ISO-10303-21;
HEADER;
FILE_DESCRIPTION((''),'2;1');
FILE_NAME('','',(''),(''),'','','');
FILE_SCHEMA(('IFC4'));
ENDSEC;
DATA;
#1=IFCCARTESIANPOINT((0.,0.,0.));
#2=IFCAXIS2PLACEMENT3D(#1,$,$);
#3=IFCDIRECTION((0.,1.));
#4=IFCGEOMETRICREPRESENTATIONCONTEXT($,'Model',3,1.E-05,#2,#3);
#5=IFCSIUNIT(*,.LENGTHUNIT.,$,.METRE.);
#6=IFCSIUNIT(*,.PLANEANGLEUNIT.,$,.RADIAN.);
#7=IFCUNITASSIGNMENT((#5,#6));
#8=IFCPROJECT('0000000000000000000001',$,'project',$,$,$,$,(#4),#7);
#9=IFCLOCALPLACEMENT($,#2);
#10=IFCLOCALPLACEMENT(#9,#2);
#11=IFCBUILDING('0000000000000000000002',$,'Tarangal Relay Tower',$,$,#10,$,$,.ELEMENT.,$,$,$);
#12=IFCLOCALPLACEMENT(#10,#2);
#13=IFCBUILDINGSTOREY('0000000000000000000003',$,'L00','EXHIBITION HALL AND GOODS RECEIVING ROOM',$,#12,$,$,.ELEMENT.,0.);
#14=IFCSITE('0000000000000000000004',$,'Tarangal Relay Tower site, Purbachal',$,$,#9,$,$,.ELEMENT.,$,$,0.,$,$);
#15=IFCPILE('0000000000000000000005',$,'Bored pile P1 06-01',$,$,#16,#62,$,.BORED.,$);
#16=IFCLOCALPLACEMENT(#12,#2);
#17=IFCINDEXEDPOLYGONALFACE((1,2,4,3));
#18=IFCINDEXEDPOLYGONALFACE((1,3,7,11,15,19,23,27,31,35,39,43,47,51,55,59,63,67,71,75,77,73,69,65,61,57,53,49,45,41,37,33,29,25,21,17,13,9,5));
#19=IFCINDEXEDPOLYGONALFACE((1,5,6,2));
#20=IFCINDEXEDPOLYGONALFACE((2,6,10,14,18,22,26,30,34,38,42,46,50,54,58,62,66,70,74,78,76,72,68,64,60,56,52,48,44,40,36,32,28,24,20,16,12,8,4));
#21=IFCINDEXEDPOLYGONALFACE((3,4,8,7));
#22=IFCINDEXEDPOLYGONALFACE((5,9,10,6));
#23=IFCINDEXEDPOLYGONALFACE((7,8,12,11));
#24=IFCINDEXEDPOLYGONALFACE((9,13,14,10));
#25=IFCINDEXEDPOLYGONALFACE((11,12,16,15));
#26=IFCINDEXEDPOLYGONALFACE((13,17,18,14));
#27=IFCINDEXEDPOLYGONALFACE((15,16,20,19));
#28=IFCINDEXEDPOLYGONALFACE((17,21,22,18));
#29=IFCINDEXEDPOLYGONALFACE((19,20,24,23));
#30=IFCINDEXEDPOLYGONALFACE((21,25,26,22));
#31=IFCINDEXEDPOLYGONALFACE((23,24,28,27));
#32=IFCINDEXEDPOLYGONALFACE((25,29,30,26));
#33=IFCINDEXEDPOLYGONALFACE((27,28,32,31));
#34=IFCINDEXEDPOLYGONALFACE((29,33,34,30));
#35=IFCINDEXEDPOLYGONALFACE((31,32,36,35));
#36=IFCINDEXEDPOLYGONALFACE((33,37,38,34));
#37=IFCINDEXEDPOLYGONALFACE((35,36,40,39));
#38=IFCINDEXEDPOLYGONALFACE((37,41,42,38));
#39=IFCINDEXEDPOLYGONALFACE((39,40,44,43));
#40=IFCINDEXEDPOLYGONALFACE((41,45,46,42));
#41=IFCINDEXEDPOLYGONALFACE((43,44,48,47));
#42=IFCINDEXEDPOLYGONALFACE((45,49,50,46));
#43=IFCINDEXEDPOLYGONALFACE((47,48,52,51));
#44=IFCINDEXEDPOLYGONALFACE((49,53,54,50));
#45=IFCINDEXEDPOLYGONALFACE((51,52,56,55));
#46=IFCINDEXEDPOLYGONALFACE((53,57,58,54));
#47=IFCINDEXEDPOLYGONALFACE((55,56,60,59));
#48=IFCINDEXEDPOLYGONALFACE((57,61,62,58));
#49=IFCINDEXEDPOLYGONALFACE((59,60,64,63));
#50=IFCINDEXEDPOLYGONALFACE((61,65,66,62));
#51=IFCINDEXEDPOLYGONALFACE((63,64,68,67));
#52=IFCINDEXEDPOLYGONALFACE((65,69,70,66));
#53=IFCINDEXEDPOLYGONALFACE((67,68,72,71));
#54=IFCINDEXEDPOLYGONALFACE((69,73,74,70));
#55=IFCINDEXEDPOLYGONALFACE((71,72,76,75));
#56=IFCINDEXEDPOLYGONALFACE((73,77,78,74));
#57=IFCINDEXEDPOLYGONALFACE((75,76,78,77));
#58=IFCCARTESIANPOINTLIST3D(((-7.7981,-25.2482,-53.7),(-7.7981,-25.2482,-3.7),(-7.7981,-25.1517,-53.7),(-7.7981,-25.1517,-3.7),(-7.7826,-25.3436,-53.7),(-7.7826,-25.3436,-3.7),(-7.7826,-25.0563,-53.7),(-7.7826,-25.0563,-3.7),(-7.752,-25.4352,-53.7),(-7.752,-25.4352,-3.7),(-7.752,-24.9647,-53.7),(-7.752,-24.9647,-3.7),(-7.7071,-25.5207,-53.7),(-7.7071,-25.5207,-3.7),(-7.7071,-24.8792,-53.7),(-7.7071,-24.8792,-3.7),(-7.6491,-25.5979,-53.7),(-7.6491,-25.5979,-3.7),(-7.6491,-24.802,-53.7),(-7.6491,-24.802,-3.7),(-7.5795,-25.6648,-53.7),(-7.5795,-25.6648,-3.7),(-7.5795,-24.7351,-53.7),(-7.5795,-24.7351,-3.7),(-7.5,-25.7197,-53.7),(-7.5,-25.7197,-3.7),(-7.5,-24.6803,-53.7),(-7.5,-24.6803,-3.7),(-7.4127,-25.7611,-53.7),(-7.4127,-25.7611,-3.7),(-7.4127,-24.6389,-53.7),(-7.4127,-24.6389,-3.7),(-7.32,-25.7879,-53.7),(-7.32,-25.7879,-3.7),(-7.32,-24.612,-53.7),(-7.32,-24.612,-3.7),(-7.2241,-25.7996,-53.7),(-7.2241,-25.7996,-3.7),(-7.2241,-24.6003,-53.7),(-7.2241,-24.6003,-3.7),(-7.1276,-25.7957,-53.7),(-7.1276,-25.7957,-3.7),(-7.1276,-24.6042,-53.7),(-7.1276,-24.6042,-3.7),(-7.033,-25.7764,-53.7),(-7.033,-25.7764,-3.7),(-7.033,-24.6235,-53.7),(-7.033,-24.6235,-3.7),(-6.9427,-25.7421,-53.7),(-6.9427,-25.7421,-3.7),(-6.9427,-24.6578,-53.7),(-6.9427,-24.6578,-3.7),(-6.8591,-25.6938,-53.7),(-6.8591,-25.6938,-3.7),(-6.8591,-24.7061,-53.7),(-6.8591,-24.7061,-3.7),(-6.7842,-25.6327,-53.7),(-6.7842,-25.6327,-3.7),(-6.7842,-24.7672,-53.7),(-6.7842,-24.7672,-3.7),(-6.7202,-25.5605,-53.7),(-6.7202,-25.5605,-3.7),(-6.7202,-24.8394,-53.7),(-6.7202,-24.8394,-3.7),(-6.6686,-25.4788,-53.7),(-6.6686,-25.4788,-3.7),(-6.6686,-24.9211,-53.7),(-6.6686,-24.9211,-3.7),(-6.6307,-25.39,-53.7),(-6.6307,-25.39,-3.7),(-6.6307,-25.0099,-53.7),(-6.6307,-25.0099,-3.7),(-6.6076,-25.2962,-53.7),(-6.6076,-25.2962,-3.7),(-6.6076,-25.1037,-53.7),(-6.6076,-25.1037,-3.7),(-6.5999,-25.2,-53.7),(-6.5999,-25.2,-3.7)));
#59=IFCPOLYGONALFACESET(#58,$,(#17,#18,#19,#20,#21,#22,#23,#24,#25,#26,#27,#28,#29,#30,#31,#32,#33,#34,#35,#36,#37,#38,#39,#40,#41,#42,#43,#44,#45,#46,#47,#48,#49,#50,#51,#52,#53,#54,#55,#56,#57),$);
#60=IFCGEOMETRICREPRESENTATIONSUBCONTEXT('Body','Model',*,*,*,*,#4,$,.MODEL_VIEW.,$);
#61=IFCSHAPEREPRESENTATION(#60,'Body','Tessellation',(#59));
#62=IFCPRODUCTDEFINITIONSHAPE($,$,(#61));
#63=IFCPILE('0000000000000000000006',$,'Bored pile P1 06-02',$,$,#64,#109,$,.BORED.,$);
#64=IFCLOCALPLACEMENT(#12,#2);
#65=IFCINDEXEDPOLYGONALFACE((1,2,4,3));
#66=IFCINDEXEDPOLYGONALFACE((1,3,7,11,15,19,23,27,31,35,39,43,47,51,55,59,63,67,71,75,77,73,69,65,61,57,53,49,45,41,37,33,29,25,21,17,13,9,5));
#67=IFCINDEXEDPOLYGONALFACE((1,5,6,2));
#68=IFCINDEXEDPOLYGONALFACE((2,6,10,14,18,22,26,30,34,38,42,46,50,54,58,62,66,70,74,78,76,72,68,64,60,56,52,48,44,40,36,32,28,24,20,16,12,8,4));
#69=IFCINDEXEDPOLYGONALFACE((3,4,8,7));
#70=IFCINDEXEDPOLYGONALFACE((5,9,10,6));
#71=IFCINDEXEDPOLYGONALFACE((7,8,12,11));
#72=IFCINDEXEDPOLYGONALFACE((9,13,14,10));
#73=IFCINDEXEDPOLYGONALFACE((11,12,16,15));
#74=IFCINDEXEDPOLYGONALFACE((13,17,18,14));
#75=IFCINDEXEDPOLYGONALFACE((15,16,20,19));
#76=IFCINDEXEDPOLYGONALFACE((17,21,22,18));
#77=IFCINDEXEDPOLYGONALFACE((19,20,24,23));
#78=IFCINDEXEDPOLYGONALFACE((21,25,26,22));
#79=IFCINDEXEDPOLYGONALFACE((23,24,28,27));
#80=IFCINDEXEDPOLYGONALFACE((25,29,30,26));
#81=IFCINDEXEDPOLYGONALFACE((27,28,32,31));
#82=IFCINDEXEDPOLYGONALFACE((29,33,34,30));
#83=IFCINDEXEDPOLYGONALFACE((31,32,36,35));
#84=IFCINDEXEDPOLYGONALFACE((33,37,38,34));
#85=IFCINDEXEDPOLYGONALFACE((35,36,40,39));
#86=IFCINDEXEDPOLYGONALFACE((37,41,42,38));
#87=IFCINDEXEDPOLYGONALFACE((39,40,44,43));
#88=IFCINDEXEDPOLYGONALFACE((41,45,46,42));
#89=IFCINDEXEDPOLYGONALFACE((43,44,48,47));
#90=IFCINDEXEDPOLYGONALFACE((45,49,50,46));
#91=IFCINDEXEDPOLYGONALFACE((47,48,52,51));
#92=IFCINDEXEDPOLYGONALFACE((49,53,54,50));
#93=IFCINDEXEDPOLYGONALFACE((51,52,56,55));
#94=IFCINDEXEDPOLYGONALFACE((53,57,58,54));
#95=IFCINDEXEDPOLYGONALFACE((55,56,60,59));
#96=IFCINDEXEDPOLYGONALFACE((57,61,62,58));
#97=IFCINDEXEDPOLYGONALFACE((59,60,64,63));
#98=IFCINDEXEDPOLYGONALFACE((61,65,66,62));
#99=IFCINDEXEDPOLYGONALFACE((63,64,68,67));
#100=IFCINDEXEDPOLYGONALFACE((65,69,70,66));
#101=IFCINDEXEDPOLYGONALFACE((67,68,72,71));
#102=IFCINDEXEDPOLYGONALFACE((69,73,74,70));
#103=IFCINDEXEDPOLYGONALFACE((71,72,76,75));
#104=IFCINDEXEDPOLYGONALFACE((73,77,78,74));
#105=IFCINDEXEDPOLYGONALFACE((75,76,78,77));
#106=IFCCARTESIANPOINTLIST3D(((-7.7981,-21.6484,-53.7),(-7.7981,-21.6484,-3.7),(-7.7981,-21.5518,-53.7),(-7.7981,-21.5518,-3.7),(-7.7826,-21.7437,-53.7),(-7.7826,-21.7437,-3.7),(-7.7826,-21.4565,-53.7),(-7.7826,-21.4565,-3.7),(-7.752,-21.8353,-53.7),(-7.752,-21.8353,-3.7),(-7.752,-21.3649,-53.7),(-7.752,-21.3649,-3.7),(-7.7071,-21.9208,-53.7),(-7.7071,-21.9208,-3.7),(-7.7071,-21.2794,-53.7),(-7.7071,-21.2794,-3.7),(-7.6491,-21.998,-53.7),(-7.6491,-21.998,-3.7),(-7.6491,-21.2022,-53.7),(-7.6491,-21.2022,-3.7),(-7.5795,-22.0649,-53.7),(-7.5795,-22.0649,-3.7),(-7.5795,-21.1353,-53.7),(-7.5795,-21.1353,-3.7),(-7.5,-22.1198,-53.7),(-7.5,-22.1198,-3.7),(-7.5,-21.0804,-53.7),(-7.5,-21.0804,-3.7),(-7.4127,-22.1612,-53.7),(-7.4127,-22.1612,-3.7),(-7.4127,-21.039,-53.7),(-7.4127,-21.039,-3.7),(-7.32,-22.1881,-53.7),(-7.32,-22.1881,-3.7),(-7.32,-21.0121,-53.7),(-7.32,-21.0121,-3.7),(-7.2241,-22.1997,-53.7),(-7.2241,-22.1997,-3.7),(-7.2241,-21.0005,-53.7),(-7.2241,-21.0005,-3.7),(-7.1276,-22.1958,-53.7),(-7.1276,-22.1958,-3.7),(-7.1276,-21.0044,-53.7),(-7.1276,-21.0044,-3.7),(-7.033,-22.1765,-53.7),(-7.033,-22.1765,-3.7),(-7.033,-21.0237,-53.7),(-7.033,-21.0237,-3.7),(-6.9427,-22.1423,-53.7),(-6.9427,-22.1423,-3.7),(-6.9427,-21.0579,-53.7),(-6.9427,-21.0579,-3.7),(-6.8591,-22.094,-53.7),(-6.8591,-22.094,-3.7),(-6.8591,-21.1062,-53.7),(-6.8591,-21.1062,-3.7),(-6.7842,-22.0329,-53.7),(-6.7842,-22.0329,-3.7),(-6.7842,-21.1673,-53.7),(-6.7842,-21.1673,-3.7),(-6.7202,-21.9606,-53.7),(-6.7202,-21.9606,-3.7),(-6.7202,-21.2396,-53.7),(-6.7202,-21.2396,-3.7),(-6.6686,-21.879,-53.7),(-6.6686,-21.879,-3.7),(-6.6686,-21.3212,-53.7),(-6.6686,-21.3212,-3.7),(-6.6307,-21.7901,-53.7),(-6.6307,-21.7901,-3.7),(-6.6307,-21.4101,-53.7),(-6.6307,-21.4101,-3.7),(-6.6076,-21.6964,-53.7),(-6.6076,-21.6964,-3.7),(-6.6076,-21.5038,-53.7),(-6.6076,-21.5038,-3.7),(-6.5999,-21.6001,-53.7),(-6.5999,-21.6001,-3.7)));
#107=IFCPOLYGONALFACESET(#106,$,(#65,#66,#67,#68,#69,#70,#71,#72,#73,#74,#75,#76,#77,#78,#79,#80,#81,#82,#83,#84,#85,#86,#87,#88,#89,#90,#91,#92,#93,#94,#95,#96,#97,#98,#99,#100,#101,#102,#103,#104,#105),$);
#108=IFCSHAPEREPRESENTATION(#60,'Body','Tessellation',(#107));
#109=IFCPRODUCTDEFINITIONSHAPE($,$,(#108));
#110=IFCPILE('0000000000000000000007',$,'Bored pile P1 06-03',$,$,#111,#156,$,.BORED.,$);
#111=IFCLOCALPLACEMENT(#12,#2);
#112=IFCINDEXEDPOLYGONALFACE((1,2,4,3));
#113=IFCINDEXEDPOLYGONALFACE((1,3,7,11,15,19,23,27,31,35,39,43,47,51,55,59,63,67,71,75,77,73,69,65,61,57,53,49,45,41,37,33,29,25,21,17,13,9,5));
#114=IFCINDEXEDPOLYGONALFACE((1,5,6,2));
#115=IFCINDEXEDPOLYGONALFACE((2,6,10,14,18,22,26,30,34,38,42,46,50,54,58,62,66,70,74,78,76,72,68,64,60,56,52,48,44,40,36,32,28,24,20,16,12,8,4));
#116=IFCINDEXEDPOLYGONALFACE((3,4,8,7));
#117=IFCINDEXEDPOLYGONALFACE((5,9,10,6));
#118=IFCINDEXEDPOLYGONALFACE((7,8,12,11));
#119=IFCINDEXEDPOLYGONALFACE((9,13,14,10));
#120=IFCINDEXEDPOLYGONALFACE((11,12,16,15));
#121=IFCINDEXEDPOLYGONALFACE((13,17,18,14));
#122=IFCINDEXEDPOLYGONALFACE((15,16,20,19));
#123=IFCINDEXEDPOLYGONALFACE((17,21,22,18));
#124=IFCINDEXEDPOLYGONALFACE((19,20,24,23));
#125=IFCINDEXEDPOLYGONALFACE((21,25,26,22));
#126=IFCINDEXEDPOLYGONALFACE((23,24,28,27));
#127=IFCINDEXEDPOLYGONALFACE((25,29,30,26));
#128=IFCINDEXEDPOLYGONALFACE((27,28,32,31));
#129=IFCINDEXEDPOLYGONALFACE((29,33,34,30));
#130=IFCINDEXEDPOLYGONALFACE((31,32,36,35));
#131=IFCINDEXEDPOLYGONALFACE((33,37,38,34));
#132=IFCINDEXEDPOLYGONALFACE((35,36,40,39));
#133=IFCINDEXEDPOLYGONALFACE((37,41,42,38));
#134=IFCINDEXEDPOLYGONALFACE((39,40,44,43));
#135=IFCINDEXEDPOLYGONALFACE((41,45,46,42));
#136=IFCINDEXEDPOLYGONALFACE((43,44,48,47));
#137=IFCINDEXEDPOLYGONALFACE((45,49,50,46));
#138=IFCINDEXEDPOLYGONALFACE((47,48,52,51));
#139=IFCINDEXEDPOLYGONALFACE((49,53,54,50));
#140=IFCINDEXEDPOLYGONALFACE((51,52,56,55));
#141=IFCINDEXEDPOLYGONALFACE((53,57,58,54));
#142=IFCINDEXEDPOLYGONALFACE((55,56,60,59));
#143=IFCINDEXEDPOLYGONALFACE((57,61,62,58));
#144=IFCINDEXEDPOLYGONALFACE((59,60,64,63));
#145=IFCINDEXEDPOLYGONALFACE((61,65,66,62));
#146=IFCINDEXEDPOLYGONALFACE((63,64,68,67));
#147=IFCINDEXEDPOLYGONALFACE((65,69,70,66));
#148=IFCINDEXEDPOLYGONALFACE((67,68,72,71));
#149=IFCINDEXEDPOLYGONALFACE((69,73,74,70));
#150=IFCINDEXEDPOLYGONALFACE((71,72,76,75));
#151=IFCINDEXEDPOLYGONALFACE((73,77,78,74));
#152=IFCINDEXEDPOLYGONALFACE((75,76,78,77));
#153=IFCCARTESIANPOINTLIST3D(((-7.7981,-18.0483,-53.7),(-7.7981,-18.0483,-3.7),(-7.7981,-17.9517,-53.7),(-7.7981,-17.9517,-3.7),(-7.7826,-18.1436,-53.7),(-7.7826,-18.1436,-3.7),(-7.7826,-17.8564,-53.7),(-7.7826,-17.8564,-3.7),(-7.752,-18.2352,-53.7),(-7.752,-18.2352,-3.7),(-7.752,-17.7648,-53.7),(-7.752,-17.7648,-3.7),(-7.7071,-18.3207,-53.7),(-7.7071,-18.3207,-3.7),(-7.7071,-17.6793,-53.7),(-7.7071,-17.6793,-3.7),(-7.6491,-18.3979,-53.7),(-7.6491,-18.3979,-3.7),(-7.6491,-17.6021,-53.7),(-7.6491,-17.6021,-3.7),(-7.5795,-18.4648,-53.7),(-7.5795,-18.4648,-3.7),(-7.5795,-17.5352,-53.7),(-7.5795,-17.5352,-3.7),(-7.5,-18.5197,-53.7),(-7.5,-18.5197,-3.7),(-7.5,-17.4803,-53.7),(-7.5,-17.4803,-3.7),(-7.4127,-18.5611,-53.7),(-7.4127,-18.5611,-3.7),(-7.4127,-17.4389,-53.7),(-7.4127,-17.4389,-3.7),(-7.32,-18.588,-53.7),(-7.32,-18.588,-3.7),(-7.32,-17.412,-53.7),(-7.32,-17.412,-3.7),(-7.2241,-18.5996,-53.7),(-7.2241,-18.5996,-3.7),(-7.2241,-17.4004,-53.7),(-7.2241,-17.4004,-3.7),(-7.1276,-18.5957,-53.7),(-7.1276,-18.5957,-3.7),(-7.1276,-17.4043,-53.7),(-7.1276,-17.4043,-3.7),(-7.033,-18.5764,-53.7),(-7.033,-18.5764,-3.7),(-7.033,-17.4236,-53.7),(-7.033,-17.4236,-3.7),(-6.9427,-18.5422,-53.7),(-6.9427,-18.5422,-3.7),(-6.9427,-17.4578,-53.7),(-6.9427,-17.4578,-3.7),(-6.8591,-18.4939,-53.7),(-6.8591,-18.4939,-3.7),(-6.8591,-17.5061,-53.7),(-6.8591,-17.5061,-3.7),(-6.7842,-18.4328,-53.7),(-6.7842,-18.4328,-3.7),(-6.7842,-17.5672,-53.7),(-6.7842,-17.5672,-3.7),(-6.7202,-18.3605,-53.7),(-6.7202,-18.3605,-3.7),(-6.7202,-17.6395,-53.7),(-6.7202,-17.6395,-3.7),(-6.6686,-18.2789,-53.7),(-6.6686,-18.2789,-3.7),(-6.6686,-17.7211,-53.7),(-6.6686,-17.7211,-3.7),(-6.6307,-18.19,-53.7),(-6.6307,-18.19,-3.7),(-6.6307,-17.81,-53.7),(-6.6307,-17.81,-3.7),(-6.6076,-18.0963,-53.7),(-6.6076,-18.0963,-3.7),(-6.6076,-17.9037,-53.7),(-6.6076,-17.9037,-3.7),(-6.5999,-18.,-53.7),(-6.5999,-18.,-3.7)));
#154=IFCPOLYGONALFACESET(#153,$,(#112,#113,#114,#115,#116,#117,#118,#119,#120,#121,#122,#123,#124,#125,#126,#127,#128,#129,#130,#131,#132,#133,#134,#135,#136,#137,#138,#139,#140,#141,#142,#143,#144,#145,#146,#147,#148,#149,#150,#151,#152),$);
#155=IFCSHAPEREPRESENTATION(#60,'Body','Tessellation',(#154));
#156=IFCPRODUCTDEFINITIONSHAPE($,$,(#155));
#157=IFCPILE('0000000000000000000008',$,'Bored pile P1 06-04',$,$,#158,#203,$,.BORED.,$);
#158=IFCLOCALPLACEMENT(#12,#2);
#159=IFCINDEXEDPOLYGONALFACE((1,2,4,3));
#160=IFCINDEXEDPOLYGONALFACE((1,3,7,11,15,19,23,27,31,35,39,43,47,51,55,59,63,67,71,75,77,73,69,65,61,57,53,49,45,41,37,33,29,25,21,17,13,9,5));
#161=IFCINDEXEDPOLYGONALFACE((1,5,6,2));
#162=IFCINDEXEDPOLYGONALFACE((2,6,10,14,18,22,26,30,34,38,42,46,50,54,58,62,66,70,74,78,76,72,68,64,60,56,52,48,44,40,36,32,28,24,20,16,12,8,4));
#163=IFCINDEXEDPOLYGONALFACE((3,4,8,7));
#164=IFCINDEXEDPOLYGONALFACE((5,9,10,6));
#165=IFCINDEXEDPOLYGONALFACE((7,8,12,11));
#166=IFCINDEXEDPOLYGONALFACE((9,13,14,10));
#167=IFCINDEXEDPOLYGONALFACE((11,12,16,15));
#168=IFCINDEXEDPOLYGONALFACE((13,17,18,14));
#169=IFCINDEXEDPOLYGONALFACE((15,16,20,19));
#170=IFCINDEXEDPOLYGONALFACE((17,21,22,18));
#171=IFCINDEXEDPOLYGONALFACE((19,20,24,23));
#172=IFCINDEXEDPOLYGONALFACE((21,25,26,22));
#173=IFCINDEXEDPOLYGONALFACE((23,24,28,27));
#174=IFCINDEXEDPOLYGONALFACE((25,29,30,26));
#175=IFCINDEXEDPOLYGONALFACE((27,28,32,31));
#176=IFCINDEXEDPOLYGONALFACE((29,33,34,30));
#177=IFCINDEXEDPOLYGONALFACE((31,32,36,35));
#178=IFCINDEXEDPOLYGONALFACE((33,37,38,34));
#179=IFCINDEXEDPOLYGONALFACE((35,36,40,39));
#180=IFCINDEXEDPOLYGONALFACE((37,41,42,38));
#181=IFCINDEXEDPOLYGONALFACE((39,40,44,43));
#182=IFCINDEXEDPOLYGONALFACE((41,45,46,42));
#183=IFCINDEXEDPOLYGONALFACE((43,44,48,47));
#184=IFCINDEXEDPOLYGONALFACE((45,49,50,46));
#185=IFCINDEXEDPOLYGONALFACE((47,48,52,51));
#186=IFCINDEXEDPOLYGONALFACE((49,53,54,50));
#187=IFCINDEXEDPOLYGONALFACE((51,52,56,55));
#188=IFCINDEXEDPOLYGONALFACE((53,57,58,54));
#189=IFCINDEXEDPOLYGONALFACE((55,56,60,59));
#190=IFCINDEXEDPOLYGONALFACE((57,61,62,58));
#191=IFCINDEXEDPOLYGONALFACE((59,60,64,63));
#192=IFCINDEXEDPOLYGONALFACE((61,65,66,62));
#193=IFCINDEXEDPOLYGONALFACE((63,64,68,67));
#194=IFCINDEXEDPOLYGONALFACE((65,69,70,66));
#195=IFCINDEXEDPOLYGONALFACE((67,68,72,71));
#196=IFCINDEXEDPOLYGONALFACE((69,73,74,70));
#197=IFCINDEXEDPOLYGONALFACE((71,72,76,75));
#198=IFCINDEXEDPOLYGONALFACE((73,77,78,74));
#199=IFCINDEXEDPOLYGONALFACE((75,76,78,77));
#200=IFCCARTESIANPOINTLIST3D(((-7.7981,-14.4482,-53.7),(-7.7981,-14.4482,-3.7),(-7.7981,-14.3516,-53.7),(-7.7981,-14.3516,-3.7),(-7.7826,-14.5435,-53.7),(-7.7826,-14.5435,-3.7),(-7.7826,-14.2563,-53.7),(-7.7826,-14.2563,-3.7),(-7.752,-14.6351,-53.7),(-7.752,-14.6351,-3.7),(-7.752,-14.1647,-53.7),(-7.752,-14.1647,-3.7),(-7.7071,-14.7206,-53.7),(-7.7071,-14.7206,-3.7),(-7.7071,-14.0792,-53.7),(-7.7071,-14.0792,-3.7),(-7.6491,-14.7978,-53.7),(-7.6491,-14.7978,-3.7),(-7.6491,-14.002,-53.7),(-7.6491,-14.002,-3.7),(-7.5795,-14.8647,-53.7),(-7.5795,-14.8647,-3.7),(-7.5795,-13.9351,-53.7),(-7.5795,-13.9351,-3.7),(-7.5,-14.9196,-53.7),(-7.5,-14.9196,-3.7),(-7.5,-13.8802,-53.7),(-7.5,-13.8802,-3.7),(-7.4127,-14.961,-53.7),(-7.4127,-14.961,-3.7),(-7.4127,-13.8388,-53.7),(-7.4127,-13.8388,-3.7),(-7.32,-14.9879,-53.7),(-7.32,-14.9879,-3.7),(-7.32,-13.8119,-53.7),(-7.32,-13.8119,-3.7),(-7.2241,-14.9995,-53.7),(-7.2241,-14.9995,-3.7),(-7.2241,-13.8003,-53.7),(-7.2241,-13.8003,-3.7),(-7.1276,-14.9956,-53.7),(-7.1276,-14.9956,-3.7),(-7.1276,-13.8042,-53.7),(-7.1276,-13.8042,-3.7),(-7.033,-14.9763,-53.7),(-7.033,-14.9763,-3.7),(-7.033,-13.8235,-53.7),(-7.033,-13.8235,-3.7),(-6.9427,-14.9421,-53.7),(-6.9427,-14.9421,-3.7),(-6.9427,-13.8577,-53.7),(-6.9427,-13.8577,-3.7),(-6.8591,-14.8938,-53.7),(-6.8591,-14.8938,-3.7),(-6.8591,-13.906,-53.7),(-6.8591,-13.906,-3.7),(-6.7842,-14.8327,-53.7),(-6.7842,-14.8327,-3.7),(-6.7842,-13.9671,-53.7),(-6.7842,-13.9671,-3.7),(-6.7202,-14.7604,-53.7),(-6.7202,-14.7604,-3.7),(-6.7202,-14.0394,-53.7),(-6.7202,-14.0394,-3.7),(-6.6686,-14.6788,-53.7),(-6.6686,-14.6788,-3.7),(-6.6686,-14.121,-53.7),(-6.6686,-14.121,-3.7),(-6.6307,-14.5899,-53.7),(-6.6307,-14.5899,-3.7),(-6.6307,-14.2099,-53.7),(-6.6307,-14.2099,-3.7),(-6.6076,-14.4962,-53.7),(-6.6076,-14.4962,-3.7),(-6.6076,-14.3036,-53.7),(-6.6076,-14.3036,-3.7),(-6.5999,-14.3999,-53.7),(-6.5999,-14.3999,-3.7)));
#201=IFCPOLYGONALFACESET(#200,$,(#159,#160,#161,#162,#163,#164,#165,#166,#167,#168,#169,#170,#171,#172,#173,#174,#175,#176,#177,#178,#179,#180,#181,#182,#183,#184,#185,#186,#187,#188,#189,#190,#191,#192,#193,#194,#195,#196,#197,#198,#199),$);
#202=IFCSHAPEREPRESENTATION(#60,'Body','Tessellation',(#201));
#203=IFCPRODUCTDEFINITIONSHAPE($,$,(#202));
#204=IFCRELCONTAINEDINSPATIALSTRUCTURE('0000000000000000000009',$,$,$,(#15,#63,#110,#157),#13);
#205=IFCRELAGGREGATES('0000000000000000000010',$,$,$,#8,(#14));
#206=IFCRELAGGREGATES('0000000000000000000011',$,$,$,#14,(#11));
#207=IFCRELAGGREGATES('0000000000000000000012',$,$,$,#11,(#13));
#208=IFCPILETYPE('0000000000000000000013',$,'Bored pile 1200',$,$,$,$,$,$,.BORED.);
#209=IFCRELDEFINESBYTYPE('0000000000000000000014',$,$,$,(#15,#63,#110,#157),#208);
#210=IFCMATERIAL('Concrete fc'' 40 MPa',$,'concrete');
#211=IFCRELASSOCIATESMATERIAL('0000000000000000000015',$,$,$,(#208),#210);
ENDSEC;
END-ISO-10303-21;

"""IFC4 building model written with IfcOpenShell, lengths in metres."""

from ifc_helpers import new_model, si_unit, direction, frame, origin, origin_2d, place, context, subcontext, project, spatial, circle, extrude, material, material_profile, profile_set, type_object, element, save


model = new_model("IFC4")

# Units and contexts
model_context = context("Model", 3, precision=1e-05, world=origin(), true_north=direction((0.0, 1.0)))
body_context = subcontext(model_context, "Body", "Model", "MODEL_VIEW")
ifc_project = project(units=[si_unit("LENGTHUNIT", "METRE"), si_unit("PLANEANGLEUNIT", "RADIAN")], contexts=[model_context])

# Site, building, storey
site_placement = place(None, origin())
site = spatial("IfcSite", under=ifc_project, at=site_placement, Name="Tarangal Relay Tower site, Purbachal", CompositionType="ELEMENT", RefElevation=0.0)
building_placement = place(site_placement, origin())
building = spatial("IfcBuilding", under=site, at=building_placement, Name="Tarangal Relay Tower", CompositionType="ELEMENT")
storey_placement = place(building_placement, origin())
storey = spatial("IfcBuildingStorey", under=building, at=storey_placement, Name="L00", Description="EXHIBITION HALL AND GOODS RECEIVING ROOM", CompositionType="ELEMENT", Elevation=0.0)

# Piles
ifc_material_1 = material(Name="Concrete fc' 40 MPa", Category="concrete")
ifc_material_profile_1 = material_profile(ifc_material_1, circle(Radius=0.6001, at=origin_2d()), Name="D1200")
ifc_profile_set_1 = profile_set([ifc_material_profile_1], Name="Concrete fc' 40 MPa")
pile_type = type_object("IfcPileType", Name="Bored pile 1200", PredefinedType="BORED", material=ifc_profile_set_1)
for number, where, z_axis, x_axis, name in (
    (1, (-7.2, -25.2, -3.7), (0.0, 0.0, -1.0), (1.0, 0.0, 0.0), "Bored pile P1 06-01"),
    (2, (-7.2, -21.6001, -3.7), (0.0, 0.0, -1.0), (1.0, 0.0, 0.0), "Bored pile P1 06-02"),
    (3, (-7.2, -18.0, -3.7), (0.0, 0.0, -1.0), (1.0, 0.0, 0.0), "Bored pile P1 06-03"),
    (4, (-7.2, -14.3999, -3.7), (0.0, 0.0, -1.0), (1.0, 0.0, 0.0), "Bored pile P1 06-04"),
):
    element("IfcPile", number, at=place(storey_placement, frame(where, z_axis=z_axis, x_axis=x_axis)), inside=storey, type_object=pile_type, Name=name, PredefinedType="BORED", context=body_context, shape_type="SweptSolid", body=[
        extrude(circle(Radius=0.6001, at=origin_2d()), origin(), (0.0, 0.0, 1.0), 50.0),
    ])

save(model, "model.ifc")
